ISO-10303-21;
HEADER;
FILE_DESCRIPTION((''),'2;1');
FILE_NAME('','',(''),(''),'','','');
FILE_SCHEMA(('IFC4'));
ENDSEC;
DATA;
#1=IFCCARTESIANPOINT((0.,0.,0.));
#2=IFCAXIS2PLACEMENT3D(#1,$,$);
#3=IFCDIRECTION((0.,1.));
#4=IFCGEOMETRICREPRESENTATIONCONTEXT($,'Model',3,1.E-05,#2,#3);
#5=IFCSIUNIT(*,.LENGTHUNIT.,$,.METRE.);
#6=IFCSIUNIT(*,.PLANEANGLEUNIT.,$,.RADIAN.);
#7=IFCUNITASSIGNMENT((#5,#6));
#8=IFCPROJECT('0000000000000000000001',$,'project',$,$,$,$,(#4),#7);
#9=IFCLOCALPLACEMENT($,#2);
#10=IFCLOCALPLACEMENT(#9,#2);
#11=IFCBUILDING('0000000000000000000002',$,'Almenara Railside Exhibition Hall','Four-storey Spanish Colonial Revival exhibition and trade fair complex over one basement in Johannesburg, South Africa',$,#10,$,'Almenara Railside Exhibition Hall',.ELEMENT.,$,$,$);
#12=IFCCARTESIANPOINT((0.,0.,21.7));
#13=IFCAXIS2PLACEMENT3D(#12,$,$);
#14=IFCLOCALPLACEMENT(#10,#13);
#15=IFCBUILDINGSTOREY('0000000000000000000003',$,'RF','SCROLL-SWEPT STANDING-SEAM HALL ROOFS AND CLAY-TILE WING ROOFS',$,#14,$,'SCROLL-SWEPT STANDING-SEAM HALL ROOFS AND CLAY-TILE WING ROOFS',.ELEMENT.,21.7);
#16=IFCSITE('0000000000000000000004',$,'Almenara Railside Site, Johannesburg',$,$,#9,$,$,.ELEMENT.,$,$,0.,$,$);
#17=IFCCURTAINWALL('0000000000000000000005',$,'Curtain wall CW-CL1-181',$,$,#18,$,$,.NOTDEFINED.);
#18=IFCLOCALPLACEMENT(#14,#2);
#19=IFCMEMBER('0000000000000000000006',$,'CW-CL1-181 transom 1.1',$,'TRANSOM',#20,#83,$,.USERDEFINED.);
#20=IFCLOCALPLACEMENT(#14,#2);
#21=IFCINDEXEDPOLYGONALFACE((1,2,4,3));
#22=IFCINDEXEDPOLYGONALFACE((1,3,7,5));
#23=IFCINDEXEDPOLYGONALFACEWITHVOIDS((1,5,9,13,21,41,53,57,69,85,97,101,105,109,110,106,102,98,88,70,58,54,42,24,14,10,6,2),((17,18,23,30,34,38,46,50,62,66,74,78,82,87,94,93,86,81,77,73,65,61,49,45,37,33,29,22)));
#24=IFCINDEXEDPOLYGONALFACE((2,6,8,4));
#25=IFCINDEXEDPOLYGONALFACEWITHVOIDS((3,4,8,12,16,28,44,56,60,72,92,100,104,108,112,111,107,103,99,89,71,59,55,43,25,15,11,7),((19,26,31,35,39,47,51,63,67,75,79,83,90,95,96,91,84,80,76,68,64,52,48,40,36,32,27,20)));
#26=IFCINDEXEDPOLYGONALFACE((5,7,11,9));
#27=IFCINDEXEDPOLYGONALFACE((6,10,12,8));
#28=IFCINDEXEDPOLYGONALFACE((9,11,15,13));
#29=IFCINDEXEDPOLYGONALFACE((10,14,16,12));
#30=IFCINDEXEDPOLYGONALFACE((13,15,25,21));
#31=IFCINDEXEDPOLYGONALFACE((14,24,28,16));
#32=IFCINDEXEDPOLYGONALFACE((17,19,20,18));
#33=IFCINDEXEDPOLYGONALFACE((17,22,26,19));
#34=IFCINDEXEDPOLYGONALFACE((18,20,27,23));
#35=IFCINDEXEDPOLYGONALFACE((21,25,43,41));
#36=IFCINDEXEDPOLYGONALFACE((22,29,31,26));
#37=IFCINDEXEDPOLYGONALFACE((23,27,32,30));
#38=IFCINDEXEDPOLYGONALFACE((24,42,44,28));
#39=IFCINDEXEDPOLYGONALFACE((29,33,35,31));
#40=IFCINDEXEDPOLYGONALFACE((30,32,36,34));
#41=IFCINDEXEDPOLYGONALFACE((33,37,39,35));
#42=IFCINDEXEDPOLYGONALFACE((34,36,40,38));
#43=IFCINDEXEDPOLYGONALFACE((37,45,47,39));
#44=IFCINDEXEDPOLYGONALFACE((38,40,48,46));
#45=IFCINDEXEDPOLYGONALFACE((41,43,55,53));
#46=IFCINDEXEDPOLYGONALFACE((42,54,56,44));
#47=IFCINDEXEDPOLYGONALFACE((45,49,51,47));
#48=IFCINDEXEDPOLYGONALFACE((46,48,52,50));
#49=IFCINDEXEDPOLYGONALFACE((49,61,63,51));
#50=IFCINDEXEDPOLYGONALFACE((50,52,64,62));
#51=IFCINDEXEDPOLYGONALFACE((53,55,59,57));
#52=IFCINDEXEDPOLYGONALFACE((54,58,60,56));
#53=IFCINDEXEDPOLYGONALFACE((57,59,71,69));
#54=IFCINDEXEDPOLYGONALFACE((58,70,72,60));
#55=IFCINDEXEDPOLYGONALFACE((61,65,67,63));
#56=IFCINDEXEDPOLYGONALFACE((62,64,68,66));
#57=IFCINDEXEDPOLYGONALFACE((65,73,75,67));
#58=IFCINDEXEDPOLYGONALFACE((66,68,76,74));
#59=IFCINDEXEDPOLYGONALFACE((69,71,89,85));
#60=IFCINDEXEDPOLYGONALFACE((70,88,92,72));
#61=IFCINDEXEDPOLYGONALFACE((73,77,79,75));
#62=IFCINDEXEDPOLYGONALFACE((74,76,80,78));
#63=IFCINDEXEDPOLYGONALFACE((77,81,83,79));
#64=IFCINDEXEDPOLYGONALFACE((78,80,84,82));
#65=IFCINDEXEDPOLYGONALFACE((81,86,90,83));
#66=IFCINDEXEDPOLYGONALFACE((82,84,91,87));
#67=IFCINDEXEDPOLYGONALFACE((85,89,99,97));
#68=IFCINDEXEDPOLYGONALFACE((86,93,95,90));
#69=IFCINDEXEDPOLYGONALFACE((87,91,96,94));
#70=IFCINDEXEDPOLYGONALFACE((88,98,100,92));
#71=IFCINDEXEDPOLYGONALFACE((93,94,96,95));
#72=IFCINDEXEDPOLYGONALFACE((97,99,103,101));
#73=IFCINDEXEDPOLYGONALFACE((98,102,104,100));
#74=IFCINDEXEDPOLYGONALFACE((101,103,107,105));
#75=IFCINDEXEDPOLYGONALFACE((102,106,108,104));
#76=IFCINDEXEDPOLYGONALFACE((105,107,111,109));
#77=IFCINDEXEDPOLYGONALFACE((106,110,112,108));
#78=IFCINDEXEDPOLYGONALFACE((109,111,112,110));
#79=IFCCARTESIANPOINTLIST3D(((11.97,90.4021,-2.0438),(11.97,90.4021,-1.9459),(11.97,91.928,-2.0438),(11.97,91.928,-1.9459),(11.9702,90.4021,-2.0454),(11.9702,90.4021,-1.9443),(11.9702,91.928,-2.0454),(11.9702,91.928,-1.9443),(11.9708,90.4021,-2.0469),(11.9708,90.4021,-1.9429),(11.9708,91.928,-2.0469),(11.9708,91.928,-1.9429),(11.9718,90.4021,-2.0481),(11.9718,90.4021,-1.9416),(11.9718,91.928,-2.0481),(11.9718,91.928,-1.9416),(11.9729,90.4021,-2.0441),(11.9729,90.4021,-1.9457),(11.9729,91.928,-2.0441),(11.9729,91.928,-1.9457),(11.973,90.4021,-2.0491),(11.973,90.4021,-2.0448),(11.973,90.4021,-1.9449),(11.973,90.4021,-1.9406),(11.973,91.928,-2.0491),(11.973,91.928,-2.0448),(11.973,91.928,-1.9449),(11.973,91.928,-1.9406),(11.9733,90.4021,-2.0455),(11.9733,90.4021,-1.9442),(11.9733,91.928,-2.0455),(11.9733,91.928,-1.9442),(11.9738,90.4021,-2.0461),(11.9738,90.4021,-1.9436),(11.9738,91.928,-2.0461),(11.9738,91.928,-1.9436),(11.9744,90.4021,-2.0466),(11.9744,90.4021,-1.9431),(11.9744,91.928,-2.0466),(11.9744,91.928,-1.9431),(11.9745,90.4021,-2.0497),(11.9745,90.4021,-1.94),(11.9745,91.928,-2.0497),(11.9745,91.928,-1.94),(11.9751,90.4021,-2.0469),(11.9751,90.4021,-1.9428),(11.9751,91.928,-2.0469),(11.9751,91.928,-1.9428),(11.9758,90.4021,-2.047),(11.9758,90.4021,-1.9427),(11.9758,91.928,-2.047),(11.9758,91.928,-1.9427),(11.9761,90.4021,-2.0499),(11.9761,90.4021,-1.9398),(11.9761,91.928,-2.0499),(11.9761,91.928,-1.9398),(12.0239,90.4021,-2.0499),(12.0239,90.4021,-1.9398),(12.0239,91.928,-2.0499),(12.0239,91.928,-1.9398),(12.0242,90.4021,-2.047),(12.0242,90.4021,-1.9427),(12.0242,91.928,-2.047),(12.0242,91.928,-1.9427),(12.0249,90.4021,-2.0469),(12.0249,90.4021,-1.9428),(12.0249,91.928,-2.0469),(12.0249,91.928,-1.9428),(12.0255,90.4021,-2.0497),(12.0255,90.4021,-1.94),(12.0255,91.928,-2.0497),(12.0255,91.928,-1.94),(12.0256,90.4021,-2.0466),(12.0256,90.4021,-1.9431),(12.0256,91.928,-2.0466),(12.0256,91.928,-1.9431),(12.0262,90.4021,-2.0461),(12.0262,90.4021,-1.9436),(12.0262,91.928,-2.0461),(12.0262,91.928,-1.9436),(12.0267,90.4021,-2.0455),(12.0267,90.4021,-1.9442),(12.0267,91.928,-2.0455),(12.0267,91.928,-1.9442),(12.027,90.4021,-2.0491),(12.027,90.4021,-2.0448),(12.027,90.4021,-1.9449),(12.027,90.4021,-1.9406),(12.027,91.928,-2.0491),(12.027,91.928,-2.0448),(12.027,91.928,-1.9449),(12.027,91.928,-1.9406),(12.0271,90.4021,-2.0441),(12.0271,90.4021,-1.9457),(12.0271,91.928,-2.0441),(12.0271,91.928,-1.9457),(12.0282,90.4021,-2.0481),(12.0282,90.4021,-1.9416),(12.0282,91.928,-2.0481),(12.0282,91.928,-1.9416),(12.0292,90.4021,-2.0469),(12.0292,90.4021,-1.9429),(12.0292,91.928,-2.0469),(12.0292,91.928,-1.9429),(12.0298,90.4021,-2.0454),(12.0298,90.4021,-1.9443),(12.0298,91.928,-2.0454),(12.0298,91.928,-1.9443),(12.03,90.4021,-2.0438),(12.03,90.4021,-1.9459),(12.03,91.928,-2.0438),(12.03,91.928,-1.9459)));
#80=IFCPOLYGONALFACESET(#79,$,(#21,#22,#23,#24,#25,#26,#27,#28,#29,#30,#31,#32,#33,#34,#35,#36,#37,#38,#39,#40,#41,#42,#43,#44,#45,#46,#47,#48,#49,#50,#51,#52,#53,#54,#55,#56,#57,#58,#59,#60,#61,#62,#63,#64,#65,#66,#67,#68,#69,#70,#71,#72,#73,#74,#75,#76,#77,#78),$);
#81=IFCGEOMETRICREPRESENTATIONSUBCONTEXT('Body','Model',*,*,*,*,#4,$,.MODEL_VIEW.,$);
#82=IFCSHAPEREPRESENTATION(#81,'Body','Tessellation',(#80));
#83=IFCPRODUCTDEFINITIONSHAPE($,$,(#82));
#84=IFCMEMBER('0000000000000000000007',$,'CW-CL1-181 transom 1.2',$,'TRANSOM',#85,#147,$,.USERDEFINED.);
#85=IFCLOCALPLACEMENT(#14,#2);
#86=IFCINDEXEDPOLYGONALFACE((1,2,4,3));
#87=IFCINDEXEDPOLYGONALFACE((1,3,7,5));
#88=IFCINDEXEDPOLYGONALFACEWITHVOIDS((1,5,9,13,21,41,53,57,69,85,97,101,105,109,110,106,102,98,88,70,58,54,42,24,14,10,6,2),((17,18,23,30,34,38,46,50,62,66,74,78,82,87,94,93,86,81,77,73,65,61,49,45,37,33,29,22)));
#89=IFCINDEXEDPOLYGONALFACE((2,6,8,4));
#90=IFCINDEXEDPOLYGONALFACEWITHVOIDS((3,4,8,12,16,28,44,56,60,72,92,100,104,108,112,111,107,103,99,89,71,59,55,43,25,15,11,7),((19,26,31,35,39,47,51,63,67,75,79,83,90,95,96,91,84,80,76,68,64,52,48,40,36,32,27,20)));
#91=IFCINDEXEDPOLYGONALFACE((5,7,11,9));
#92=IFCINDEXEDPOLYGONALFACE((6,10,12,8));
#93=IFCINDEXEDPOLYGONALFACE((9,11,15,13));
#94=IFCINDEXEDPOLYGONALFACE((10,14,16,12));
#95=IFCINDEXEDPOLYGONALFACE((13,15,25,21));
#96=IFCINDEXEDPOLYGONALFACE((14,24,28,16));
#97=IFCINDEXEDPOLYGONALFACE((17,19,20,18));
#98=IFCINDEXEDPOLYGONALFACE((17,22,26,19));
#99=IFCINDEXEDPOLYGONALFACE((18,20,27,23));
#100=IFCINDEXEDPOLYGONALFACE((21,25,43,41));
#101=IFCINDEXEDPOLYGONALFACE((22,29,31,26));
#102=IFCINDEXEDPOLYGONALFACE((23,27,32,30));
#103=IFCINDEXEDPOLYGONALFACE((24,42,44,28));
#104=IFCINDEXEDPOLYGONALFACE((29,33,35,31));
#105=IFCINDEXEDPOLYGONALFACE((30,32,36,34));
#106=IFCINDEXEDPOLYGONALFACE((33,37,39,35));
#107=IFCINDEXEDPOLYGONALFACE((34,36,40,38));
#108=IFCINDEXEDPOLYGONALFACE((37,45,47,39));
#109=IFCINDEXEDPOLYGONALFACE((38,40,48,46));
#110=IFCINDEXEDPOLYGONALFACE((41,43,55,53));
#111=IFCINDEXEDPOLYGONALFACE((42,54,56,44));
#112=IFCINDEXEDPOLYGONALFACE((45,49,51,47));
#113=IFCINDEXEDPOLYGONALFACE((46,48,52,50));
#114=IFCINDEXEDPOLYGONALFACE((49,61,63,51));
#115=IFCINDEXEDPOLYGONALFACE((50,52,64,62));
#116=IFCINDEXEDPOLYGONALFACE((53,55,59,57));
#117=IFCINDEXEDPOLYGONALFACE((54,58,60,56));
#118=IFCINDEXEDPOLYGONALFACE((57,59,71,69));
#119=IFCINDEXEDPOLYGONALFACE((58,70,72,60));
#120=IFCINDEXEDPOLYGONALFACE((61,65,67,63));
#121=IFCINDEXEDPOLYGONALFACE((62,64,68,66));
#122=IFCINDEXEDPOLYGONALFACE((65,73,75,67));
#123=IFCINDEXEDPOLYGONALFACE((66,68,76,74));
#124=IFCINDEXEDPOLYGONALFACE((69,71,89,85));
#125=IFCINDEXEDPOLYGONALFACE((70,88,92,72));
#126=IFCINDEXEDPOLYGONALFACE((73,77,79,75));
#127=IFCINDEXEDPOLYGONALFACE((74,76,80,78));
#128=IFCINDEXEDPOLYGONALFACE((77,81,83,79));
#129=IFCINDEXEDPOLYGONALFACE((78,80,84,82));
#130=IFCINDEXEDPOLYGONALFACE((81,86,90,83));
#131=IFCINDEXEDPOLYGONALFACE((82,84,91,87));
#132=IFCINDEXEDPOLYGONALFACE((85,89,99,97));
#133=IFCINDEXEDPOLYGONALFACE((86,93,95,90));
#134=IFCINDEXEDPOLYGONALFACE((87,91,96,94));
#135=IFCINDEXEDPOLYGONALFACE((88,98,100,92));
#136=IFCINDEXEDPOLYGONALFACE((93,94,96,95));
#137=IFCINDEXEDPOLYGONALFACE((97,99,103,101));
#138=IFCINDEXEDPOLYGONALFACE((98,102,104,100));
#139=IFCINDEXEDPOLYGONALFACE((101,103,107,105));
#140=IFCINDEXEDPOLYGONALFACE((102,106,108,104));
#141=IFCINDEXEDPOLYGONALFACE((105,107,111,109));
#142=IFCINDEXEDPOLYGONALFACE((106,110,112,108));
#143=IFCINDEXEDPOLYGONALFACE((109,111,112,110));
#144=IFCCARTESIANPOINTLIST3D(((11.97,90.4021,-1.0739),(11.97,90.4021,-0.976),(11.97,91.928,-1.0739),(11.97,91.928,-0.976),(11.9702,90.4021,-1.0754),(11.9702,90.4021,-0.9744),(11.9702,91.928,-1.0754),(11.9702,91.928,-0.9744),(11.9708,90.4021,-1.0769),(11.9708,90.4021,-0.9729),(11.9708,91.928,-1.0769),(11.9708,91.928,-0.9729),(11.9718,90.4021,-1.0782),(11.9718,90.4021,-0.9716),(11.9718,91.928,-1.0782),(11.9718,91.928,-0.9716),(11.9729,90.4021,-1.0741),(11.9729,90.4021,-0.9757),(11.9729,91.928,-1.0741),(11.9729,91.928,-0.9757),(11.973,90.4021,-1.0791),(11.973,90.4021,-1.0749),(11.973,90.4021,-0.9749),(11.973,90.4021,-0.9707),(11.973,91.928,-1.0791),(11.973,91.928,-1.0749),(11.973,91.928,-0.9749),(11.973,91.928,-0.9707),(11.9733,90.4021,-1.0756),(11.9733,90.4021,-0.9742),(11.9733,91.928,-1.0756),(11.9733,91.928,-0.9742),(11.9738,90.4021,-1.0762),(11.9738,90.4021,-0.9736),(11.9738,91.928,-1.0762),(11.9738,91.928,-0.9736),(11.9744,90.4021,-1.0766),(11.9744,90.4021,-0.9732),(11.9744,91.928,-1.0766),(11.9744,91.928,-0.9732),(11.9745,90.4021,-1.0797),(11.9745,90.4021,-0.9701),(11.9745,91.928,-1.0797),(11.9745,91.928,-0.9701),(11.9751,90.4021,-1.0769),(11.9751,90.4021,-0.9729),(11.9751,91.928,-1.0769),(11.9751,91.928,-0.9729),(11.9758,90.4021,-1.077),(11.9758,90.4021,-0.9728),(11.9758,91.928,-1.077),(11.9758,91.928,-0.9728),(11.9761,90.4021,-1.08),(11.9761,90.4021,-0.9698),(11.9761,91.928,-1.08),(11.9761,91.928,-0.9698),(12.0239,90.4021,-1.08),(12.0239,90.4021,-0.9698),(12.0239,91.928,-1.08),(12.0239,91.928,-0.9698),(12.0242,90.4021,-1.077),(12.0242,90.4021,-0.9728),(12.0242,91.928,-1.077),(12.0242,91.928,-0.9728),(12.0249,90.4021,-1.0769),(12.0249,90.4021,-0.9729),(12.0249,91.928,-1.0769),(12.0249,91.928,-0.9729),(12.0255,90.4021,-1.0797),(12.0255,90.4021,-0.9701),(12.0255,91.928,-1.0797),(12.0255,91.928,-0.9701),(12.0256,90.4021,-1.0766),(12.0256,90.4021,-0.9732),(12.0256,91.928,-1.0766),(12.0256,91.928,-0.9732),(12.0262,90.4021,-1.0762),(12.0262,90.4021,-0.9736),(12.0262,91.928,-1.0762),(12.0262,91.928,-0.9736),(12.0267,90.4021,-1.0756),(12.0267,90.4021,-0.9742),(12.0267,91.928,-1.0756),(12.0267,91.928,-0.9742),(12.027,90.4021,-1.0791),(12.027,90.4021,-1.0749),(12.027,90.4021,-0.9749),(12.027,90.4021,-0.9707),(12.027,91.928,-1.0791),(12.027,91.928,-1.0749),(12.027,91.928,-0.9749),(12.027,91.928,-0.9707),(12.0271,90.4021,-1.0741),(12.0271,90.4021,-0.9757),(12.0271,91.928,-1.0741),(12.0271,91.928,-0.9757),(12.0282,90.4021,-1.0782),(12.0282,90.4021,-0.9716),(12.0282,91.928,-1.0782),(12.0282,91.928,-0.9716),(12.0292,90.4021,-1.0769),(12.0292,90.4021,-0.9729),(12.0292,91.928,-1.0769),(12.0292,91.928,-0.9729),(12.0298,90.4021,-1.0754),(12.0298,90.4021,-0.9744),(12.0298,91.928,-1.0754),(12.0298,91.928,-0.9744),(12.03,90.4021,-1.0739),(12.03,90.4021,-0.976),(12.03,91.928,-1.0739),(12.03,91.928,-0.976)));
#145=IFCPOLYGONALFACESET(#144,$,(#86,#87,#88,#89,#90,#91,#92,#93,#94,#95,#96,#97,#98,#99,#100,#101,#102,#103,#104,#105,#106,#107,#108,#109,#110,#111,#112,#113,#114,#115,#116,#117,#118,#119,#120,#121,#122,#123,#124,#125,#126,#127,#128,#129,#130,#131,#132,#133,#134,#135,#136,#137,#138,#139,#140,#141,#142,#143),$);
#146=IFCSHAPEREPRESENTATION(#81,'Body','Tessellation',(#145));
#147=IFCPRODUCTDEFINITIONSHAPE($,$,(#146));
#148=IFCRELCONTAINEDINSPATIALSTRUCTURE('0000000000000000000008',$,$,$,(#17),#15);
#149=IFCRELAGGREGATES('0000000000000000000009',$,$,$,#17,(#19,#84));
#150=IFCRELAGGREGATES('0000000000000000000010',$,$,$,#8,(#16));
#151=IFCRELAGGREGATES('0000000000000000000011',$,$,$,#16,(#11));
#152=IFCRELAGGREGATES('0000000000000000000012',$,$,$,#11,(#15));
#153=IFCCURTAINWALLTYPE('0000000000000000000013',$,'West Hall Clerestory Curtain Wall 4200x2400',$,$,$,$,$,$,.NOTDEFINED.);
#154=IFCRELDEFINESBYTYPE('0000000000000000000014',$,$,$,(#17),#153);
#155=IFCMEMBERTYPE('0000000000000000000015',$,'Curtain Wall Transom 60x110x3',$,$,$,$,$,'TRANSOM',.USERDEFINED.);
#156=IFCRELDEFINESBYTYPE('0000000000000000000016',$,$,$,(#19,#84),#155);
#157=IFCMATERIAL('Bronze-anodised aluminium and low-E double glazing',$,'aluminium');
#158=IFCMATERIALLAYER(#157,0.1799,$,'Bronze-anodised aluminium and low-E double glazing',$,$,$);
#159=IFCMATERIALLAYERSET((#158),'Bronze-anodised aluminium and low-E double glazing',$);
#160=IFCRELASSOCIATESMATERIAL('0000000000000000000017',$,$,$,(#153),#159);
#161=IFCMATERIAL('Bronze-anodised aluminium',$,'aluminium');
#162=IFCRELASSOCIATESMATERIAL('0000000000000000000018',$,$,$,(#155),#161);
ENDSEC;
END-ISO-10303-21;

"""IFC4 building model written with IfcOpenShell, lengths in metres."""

from ifc_helpers import new_model, si_unit, direction, frame, origin, origin_2d, place, context, subcontext, project, spatial, hollow_rectangle, extrude, material, layer, layer_set, material_profile, profile_set, type_object, element, aggregate, save


model = new_model("IFC4")

# Units and contexts
model_context = context("Model", 3, precision=1e-05, world=origin(), true_north=direction((0.0, 1.0)))
body_context = subcontext(model_context, "Body", "Model", "MODEL_VIEW")
ifc_project = project(units=[si_unit("LENGTHUNIT", "METRE"), si_unit("PLANEANGLEUNIT", "RADIAN")], contexts=[model_context])

# Site, building, storey
site_placement = place(None, origin())
site = spatial("IfcSite", under=ifc_project, at=site_placement, Name="Almenara Railside Site, Johannesburg", CompositionType="ELEMENT", RefElevation=0.0)
building_placement = place(site_placement, origin())
building = spatial("IfcBuilding", under=site, at=building_placement, Name="Almenara Railside Exhibition Hall", Description="Four-storey Spanish Colonial Revival exhibition and trade fair complex over one basement in Johannesburg, South Africa", LongName="Almenara Railside Exhibition Hall", CompositionType="ELEMENT")
storey_placement = place(building_placement, frame((0.0, 0.0, 21.7)))
storey = spatial("IfcBuildingStorey", under=building, at=storey_placement, Name="RF", Description="SCROLL-SWEPT STANDING-SEAM HALL ROOFS AND CLAY-TILE WING ROOFS", LongName="SCROLL-SWEPT STANDING-SEAM HALL ROOFS AND CLAY-TILE WING ROOFS", CompositionType="ELEMENT", Elevation=21.7)

# Curtain wall
ifc_material_1 = material(Name="Bronze-anodised aluminium and low-E double glazing", Category="aluminium")
ifc_layer_1 = layer(ifc_material_1, 0.1799, Name="Bronze-anodised aluminium and low-E double glazing")
ifc_layer_set_1 = layer_set([ifc_layer_1], Name="Bronze-anodised aluminium and low-E double glazing")
curtain_wall_type = type_object("IfcCurtainWallType", Name="West Hall Clerestory Curtain Wall 4200x2400", PredefinedType="NOTDEFINED", material=ifc_layer_set_1)
curtain_wall_1_placement = place(storey_placement, origin())
curtain_wall_1 = element("IfcCurtainWall", 1, at=curtain_wall_1_placement, inside=storey, type_object=curtain_wall_type, Name="Curtain wall CW-CL1-181", PredefinedType="NOTDEFINED")
ifc_material_2 = material(Name="Bronze-anodised aluminium", Category="aluminium")

# Members
ifc_material_profile_1 = material_profile(ifc_material_2, hollow_rectangle(XDim=0.0601, YDim=0.1101, WallThickness=0.0029, InnerFilletRadius=0.0029, OuterFilletRadius=0.0061, at=origin_2d()), Name="ALU-TRN 60x110x3")
ifc_profile_set_1 = profile_set([ifc_material_profile_1], Name="Bronze-anodised aluminium")
member_type_1 = type_object("IfcMemberType", Name="Curtain Wall Transom 60x110x3", ElementType="TRANSOM", PredefinedType="USERDEFINED", material=ifc_profile_set_1)
member_1_placement = place(storey_placement, frame((12.0, 90.4021, -1.9949), z_axis=(0.0, 1.0, 0.0), x_axis=(-1.0, 0.0, 0.0)))
member_1 = element("IfcMember", 2, at=member_1_placement, type_object=member_type_1, Name="CW-CL1-181 transom 1.1", ObjectType="TRANSOM", PredefinedType="USERDEFINED", context=body_context, shape_type="SweptSolid", body=[
    extrude(hollow_rectangle(XDim=0.0601, YDim=0.1101, WallThickness=0.0029, InnerFilletRadius=0.0029, OuterFilletRadius=0.0061, at=origin_2d()), origin(), (0.0, 0.0, 1.0), 1.5259),
])
member_2_placement = place(storey_placement, frame((12.0, 90.4021, -1.0249), z_axis=(0.0, 1.0, 0.0), x_axis=(-1.0, 0.0, 0.0)))
member_2 = element("IfcMember", 3, at=member_2_placement, type_object=member_type_1, Name="CW-CL1-181 transom 1.2", ObjectType="TRANSOM", PredefinedType="USERDEFINED", context=body_context, shape_type="SweptSolid", body=[
    extrude(hollow_rectangle(XDim=0.0601, YDim=0.1101, WallThickness=0.0029, InnerFilletRadius=0.0029, OuterFilletRadius=0.0061, at=origin_2d()), origin(), (0.0, 0.0, 1.0), 1.5259),
])

aggregate(curtain_wall_1, [member_1, member_2])

save(model, "model.ifc")
